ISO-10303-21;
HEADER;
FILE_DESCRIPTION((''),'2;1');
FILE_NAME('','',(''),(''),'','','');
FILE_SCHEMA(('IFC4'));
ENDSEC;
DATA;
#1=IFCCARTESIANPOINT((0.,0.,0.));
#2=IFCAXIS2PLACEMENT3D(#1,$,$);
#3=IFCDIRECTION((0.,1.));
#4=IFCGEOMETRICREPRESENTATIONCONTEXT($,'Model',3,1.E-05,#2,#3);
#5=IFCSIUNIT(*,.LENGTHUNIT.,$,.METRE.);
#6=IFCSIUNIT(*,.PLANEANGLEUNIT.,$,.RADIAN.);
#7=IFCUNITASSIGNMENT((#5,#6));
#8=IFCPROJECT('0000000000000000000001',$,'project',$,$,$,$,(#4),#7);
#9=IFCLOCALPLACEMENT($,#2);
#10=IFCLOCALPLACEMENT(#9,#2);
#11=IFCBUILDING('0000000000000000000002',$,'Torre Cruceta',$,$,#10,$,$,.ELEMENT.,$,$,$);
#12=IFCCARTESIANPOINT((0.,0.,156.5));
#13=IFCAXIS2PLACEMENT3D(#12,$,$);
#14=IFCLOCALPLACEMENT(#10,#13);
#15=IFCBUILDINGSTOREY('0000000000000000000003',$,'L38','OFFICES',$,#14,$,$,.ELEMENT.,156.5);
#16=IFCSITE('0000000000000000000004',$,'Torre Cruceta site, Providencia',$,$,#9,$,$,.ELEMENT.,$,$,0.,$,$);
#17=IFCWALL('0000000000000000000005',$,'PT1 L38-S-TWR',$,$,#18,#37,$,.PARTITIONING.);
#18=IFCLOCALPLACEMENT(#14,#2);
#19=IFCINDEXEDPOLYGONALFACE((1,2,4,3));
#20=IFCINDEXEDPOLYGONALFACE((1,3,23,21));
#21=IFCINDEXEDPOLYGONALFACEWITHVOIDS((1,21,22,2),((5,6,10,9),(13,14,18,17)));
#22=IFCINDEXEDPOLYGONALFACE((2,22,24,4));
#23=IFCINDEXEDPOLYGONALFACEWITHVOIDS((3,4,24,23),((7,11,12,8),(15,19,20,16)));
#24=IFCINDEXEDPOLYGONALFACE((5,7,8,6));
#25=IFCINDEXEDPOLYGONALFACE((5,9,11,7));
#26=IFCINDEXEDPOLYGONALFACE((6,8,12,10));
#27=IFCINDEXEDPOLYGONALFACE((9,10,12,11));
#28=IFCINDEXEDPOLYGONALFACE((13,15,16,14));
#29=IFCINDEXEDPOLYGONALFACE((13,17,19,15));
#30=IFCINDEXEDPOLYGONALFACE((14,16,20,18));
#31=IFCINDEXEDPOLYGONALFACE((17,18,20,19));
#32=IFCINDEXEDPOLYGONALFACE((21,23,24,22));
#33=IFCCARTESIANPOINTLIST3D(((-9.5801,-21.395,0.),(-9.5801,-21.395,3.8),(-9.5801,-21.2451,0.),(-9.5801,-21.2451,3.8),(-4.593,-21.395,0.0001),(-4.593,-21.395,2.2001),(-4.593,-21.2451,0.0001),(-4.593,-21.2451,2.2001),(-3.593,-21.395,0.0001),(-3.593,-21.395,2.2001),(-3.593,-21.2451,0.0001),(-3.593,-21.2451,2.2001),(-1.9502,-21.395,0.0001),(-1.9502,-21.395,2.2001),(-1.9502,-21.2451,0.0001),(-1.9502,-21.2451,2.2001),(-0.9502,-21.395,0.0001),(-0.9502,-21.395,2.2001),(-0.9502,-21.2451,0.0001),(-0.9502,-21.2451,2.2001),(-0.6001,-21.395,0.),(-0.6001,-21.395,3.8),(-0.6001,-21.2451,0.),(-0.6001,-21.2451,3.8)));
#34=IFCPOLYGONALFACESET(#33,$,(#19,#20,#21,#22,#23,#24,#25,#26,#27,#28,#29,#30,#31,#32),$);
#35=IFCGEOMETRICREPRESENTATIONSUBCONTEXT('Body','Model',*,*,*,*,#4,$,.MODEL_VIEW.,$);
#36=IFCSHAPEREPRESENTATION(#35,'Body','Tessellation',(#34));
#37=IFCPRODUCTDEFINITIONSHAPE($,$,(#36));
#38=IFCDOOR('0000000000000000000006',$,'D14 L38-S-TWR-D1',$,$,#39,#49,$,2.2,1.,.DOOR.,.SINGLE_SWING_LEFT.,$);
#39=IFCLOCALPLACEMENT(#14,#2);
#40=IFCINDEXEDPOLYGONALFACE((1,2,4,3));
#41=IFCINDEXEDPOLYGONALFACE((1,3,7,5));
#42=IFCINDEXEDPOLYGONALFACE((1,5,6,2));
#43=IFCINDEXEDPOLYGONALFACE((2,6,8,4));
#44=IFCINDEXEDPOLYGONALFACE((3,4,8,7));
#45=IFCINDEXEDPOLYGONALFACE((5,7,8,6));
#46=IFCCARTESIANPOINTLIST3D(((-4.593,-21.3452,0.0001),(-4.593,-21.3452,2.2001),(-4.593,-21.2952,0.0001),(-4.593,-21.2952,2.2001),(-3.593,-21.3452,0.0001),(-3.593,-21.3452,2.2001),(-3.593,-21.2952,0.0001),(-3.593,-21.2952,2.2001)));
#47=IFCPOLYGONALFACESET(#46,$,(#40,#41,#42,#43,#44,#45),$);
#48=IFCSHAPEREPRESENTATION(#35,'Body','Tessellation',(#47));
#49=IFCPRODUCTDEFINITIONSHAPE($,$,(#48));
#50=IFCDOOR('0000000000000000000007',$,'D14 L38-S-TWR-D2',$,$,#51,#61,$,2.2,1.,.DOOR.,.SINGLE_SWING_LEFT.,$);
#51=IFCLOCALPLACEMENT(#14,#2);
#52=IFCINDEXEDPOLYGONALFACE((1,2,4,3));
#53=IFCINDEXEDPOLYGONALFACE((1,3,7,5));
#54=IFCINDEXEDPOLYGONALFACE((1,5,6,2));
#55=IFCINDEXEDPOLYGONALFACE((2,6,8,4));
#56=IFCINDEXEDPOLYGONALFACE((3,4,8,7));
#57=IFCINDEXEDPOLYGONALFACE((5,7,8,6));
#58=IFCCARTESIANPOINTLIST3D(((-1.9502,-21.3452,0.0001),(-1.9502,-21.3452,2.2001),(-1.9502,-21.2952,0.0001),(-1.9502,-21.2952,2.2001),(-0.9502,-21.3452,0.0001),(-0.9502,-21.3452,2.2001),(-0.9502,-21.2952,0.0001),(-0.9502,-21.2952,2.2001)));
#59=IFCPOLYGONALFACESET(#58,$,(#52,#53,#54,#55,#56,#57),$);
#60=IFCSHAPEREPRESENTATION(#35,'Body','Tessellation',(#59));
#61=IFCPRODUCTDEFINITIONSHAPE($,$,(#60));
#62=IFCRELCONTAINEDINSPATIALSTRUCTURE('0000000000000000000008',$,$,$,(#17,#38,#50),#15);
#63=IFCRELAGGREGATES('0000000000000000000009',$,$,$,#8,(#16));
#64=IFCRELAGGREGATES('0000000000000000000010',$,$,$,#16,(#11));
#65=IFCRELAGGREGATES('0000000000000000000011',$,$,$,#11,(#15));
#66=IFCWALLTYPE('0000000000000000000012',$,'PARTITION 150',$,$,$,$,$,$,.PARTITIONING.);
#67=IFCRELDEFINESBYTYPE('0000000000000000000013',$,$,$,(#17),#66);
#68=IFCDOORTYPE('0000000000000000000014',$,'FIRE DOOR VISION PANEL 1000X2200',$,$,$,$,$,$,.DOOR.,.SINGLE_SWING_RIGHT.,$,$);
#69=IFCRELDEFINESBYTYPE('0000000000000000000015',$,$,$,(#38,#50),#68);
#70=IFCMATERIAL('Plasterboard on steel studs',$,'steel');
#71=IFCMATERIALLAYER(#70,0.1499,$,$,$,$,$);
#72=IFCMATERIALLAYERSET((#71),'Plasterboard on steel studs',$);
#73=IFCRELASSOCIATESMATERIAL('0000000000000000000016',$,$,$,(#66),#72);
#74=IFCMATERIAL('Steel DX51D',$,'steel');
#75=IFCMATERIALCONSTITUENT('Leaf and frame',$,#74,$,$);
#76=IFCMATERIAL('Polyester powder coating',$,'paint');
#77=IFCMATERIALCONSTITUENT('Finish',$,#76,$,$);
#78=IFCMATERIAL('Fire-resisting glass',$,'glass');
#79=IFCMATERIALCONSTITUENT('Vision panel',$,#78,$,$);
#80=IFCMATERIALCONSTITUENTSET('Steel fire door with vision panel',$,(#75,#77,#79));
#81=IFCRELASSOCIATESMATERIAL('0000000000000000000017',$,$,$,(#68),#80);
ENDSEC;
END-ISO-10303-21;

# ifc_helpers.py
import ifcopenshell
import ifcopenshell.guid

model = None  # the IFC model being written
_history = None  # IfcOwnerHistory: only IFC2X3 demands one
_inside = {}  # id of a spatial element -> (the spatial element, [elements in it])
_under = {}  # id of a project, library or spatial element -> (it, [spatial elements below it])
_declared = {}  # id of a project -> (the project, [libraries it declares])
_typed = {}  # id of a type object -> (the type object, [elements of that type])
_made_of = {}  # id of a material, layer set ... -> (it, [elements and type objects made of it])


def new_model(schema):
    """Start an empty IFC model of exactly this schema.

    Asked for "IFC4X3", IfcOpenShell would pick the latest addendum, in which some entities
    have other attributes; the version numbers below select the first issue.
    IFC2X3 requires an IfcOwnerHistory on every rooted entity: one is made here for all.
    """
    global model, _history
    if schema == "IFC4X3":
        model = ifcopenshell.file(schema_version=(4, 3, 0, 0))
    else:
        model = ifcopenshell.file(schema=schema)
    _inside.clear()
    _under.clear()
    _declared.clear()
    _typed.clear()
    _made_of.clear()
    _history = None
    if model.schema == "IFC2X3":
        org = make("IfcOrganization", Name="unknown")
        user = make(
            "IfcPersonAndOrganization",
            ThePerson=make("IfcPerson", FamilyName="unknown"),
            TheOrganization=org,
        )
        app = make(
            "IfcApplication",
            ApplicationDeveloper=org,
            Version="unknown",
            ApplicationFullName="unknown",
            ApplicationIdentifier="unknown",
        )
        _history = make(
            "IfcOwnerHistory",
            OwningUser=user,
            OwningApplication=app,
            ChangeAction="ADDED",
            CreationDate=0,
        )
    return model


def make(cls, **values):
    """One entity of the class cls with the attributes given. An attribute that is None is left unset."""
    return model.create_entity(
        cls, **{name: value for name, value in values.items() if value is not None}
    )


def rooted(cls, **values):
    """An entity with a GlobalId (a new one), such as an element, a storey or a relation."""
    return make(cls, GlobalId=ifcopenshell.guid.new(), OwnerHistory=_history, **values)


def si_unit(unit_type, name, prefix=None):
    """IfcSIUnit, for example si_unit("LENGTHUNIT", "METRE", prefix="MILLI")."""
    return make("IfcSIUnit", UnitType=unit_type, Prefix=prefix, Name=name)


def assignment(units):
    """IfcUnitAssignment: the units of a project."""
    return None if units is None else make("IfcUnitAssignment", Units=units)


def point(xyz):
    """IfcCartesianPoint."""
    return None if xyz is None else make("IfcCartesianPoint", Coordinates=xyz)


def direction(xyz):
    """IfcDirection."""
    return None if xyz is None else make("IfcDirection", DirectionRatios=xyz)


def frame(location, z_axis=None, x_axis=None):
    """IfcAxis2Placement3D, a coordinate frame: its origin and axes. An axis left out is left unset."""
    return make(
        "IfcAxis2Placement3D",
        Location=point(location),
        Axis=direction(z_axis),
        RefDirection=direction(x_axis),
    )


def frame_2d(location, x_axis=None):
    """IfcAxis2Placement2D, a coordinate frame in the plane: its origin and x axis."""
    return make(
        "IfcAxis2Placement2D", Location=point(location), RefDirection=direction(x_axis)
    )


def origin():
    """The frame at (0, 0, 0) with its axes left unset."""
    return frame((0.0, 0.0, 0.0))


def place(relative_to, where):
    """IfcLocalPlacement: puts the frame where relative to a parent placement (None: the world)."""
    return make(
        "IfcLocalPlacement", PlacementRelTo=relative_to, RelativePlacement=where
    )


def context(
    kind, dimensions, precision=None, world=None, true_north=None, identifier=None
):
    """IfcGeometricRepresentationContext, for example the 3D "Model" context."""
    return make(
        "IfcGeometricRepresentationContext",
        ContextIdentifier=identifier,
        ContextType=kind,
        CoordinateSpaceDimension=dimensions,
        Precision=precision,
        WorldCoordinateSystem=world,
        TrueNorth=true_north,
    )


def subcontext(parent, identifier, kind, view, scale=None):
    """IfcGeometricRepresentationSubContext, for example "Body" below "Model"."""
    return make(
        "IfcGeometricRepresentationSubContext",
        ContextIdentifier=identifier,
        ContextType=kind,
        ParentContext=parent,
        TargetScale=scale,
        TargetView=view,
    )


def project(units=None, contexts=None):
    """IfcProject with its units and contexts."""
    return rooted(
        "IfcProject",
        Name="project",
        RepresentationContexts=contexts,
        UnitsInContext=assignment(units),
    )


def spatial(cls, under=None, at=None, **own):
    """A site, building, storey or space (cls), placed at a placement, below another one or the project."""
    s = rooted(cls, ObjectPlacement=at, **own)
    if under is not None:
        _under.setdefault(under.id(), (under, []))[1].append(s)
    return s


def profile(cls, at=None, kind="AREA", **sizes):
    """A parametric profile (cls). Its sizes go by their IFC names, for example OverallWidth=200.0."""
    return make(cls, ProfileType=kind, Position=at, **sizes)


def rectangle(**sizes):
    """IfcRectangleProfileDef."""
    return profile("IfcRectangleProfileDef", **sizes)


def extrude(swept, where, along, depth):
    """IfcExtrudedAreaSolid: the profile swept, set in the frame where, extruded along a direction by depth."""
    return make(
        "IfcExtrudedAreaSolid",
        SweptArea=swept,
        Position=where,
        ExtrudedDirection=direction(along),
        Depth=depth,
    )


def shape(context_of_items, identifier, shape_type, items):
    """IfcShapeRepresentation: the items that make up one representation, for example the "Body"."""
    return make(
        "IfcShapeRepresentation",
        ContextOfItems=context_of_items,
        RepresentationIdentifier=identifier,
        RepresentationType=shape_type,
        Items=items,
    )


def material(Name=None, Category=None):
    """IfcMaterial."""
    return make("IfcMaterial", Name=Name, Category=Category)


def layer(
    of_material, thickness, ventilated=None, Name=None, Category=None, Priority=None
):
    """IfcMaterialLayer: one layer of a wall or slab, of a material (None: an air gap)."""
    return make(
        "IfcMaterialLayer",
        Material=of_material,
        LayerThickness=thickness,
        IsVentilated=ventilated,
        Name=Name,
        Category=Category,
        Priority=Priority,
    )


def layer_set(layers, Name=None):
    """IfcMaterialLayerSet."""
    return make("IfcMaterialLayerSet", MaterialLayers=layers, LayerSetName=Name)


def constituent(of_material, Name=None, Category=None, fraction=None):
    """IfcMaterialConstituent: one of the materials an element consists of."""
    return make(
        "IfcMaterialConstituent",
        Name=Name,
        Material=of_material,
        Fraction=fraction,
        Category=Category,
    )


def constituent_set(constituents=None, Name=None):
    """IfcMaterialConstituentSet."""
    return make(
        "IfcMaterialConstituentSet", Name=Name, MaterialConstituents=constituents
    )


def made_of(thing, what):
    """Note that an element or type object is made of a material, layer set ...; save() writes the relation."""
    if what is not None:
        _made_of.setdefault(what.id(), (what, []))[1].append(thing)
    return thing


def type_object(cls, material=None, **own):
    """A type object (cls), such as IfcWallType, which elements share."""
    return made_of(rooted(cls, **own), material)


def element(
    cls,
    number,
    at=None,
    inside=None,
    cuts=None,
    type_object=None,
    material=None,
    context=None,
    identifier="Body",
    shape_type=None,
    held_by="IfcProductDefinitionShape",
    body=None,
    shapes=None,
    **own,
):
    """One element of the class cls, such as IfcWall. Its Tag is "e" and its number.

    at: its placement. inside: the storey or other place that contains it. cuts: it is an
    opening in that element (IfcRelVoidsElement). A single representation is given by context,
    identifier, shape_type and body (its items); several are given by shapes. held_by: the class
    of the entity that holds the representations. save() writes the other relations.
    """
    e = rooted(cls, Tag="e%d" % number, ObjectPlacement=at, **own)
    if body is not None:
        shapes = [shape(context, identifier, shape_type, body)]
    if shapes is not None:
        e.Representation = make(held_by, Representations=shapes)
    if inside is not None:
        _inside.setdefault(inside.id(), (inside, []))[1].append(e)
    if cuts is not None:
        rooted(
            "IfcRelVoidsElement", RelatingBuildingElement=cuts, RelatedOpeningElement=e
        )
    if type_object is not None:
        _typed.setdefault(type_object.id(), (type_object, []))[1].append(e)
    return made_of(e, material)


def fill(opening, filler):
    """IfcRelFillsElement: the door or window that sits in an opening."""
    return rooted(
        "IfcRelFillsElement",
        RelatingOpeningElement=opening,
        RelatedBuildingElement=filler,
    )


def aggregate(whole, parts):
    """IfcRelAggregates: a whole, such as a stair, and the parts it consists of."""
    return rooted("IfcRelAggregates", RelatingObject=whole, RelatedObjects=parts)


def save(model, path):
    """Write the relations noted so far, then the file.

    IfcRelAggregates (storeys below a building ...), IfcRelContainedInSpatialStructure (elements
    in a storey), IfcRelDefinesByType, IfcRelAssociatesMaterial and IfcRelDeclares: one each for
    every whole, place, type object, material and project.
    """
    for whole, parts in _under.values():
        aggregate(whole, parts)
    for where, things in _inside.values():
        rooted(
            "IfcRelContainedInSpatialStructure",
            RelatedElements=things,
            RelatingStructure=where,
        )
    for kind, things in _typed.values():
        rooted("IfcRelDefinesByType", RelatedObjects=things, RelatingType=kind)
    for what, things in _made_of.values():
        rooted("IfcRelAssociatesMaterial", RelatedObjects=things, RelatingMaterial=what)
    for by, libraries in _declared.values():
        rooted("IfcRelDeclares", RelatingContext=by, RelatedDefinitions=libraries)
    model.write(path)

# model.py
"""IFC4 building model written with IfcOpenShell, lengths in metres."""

from ifc_helpers import new_model, si_unit, direction, frame, frame_2d, origin, place, context, subcontext, project, spatial, rectangle, extrude, material, layer, layer_set, constituent, constituent_set, type_object, element, fill, save


model = new_model("IFC4")

# Units and contexts
model_context = context("Model", 3, precision=1e-05, world=origin(), true_north=direction((0.0, 1.0)))
body_context = subcontext(model_context, "Body", "Model", "MODEL_VIEW")
ifc_project = project(units=[si_unit("LENGTHUNIT", "METRE"), si_unit("PLANEANGLEUNIT", "RADIAN")], contexts=[model_context])

# Site, building, storey
site_placement = place(None, origin())
site = spatial("IfcSite", under=ifc_project, at=site_placement, Name="Torre Cruceta site, Providencia", CompositionType="ELEMENT", RefElevation=0.0)
building_placement = place(site_placement, origin())
building = spatial("IfcBuilding", under=site, at=building_placement, Name="Torre Cruceta", CompositionType="ELEMENT")
storey_placement = place(building_placement, frame((0.0, 0.0, 156.5)))
storey = spatial("IfcBuildingStorey", under=building, at=storey_placement, Name="L38", Description="OFFICES", CompositionType="ELEMENT", Elevation=156.5)

# Shared definitions
ifc_material_1 = material(Name="Plasterboard on steel studs", Category="steel")
ifc_layer_1 = layer(ifc_material_1, 0.1499)
ifc_layer_set_1 = layer_set([ifc_layer_1], Name="Plasterboard on steel studs")
wall_type_1 = type_object("IfcWallType", Name="PARTITION 150", PredefinedType="PARTITIONING", material=ifc_layer_set_1)

# Wall, openings, doors
wall_1_placement = place(storey_placement, frame((-9.5801, -21.3201, 0.0), z_axis=(0.0, 0.0, 1.0), x_axis=(1.0, 0.0, 0.0)))
wall_1 = element("IfcWall", 1, at=wall_1_placement, inside=storey, type_object=wall_type_1, Name="PT1 L38-S-TWR", PredefinedType="PARTITIONING", context=body_context, shape_type="SweptSolid", body=[
    extrude(rectangle(XDim=8.98, YDim=0.1499, at=frame_2d((4.49, 0.0))), origin(), (0.0, 0.0, 1.0), 3.8),
])
opening_1_placement = place(wall_1_placement, frame((4.9871, 0.0, 0.0)))
opening_1 = element("IfcOpeningElement", 2, at=opening_1_placement, cuts=wall_1, PredefinedType="OPENING", context=body_context, shape_type="SweptSolid", body=[
    extrude(rectangle(XDim=1.0, YDim=2.2, at=frame_2d((0.5, 1.1001))), frame((0.0, 0.085, 0.0), z_axis=(0.0, -1.0, 0.0), x_axis=(1.0, 0.0, 0.0)), (0.0, 0.0, 1.0), 0.1699),
])
opening_2_placement = place(wall_1_placement, frame((7.6299, 0.0, 0.0)))
opening_2 = element("IfcOpeningElement", 3, at=opening_2_placement, cuts=wall_1, PredefinedType="OPENING", context=body_context, shape_type="SweptSolid", body=[
    extrude(rectangle(XDim=1.0, YDim=2.2, at=frame_2d((0.5, 1.1001))), frame((0.0, 0.085, 0.0), z_axis=(0.0, -1.0, 0.0), x_axis=(1.0, 0.0, 0.0)), (0.0, 0.0, 1.0), 0.1699),
])
ifc_material_2 = material(Name="Steel DX51D", Category="steel")
ifc_constituent_1 = constituent(ifc_material_2, Name="Leaf and frame")
ifc_material_3 = material(Name="Polyester powder coating", Category="paint")
ifc_constituent_2 = constituent(ifc_material_3, Name="Finish")
ifc_material_4 = material(Name="Fire-resisting glass", Category="glass")
ifc_constituent_3 = constituent(ifc_material_4, Name="Vision panel")
ifc_constituent_set_1 = constituent_set(constituents=[ifc_constituent_1, ifc_constituent_2, ifc_constituent_3], Name="Steel fire door with vision panel")
door_type = type_object("IfcDoorType", Name="FIRE DOOR VISION PANEL 1000X2200", OperationType="SINGLE_SWING_RIGHT", PredefinedType="DOOR", material=ifc_constituent_set_1)
door_1_placement = place(opening_1_placement, frame((1.0, 0.0, 0.0), z_axis=(0.0, 0.0, 1.0), x_axis=(-1.0, 0.0, 0.0)))
door_1 = element("IfcDoor", 4, at=door_1_placement, inside=storey, type_object=door_type, Name="D14 L38-S-TWR-D1", OperationType="SINGLE_SWING_LEFT", OverallHeight=2.2, OverallWidth=1.0, PredefinedType="DOOR", context=body_context, shape_type="SweptSolid", body=[
    extrude(rectangle(XDim=1.0, YDim=2.2, at=frame_2d((0.5, 1.1001))), frame((0.0, 0.0251, 0.0), z_axis=(0.0, -1.0, 0.0), x_axis=(1.0, 0.0, 0.0)), (0.0, 0.0, 1.0), 0.05),
])
fill(opening_1, door_1)
door_2_placement = place(opening_2_placement, frame((1.0, 0.0, 0.0), z_axis=(0.0, 0.0, 1.0), x_axis=(-1.0, 0.0, 0.0)))
door_2 = element("IfcDoor", 5, at=door_2_placement, inside=storey, type_object=door_type, Name="D14 L38-S-TWR-D2", OperationType="SINGLE_SWING_LEFT", OverallHeight=2.2, OverallWidth=1.0, PredefinedType="DOOR", context=body_context, shape_type="SweptSolid", body=[
    extrude(rectangle(XDim=1.0, YDim=2.2, at=frame_2d((0.5, 1.1001))), frame((0.0, 0.0251, 0.0), z_axis=(0.0, -1.0, 0.0), x_axis=(1.0, 0.0, 0.0)), (0.0, 0.0, 1.0), 0.05),
])
fill(opening_2, door_2)

save(model, "model.ifc")
